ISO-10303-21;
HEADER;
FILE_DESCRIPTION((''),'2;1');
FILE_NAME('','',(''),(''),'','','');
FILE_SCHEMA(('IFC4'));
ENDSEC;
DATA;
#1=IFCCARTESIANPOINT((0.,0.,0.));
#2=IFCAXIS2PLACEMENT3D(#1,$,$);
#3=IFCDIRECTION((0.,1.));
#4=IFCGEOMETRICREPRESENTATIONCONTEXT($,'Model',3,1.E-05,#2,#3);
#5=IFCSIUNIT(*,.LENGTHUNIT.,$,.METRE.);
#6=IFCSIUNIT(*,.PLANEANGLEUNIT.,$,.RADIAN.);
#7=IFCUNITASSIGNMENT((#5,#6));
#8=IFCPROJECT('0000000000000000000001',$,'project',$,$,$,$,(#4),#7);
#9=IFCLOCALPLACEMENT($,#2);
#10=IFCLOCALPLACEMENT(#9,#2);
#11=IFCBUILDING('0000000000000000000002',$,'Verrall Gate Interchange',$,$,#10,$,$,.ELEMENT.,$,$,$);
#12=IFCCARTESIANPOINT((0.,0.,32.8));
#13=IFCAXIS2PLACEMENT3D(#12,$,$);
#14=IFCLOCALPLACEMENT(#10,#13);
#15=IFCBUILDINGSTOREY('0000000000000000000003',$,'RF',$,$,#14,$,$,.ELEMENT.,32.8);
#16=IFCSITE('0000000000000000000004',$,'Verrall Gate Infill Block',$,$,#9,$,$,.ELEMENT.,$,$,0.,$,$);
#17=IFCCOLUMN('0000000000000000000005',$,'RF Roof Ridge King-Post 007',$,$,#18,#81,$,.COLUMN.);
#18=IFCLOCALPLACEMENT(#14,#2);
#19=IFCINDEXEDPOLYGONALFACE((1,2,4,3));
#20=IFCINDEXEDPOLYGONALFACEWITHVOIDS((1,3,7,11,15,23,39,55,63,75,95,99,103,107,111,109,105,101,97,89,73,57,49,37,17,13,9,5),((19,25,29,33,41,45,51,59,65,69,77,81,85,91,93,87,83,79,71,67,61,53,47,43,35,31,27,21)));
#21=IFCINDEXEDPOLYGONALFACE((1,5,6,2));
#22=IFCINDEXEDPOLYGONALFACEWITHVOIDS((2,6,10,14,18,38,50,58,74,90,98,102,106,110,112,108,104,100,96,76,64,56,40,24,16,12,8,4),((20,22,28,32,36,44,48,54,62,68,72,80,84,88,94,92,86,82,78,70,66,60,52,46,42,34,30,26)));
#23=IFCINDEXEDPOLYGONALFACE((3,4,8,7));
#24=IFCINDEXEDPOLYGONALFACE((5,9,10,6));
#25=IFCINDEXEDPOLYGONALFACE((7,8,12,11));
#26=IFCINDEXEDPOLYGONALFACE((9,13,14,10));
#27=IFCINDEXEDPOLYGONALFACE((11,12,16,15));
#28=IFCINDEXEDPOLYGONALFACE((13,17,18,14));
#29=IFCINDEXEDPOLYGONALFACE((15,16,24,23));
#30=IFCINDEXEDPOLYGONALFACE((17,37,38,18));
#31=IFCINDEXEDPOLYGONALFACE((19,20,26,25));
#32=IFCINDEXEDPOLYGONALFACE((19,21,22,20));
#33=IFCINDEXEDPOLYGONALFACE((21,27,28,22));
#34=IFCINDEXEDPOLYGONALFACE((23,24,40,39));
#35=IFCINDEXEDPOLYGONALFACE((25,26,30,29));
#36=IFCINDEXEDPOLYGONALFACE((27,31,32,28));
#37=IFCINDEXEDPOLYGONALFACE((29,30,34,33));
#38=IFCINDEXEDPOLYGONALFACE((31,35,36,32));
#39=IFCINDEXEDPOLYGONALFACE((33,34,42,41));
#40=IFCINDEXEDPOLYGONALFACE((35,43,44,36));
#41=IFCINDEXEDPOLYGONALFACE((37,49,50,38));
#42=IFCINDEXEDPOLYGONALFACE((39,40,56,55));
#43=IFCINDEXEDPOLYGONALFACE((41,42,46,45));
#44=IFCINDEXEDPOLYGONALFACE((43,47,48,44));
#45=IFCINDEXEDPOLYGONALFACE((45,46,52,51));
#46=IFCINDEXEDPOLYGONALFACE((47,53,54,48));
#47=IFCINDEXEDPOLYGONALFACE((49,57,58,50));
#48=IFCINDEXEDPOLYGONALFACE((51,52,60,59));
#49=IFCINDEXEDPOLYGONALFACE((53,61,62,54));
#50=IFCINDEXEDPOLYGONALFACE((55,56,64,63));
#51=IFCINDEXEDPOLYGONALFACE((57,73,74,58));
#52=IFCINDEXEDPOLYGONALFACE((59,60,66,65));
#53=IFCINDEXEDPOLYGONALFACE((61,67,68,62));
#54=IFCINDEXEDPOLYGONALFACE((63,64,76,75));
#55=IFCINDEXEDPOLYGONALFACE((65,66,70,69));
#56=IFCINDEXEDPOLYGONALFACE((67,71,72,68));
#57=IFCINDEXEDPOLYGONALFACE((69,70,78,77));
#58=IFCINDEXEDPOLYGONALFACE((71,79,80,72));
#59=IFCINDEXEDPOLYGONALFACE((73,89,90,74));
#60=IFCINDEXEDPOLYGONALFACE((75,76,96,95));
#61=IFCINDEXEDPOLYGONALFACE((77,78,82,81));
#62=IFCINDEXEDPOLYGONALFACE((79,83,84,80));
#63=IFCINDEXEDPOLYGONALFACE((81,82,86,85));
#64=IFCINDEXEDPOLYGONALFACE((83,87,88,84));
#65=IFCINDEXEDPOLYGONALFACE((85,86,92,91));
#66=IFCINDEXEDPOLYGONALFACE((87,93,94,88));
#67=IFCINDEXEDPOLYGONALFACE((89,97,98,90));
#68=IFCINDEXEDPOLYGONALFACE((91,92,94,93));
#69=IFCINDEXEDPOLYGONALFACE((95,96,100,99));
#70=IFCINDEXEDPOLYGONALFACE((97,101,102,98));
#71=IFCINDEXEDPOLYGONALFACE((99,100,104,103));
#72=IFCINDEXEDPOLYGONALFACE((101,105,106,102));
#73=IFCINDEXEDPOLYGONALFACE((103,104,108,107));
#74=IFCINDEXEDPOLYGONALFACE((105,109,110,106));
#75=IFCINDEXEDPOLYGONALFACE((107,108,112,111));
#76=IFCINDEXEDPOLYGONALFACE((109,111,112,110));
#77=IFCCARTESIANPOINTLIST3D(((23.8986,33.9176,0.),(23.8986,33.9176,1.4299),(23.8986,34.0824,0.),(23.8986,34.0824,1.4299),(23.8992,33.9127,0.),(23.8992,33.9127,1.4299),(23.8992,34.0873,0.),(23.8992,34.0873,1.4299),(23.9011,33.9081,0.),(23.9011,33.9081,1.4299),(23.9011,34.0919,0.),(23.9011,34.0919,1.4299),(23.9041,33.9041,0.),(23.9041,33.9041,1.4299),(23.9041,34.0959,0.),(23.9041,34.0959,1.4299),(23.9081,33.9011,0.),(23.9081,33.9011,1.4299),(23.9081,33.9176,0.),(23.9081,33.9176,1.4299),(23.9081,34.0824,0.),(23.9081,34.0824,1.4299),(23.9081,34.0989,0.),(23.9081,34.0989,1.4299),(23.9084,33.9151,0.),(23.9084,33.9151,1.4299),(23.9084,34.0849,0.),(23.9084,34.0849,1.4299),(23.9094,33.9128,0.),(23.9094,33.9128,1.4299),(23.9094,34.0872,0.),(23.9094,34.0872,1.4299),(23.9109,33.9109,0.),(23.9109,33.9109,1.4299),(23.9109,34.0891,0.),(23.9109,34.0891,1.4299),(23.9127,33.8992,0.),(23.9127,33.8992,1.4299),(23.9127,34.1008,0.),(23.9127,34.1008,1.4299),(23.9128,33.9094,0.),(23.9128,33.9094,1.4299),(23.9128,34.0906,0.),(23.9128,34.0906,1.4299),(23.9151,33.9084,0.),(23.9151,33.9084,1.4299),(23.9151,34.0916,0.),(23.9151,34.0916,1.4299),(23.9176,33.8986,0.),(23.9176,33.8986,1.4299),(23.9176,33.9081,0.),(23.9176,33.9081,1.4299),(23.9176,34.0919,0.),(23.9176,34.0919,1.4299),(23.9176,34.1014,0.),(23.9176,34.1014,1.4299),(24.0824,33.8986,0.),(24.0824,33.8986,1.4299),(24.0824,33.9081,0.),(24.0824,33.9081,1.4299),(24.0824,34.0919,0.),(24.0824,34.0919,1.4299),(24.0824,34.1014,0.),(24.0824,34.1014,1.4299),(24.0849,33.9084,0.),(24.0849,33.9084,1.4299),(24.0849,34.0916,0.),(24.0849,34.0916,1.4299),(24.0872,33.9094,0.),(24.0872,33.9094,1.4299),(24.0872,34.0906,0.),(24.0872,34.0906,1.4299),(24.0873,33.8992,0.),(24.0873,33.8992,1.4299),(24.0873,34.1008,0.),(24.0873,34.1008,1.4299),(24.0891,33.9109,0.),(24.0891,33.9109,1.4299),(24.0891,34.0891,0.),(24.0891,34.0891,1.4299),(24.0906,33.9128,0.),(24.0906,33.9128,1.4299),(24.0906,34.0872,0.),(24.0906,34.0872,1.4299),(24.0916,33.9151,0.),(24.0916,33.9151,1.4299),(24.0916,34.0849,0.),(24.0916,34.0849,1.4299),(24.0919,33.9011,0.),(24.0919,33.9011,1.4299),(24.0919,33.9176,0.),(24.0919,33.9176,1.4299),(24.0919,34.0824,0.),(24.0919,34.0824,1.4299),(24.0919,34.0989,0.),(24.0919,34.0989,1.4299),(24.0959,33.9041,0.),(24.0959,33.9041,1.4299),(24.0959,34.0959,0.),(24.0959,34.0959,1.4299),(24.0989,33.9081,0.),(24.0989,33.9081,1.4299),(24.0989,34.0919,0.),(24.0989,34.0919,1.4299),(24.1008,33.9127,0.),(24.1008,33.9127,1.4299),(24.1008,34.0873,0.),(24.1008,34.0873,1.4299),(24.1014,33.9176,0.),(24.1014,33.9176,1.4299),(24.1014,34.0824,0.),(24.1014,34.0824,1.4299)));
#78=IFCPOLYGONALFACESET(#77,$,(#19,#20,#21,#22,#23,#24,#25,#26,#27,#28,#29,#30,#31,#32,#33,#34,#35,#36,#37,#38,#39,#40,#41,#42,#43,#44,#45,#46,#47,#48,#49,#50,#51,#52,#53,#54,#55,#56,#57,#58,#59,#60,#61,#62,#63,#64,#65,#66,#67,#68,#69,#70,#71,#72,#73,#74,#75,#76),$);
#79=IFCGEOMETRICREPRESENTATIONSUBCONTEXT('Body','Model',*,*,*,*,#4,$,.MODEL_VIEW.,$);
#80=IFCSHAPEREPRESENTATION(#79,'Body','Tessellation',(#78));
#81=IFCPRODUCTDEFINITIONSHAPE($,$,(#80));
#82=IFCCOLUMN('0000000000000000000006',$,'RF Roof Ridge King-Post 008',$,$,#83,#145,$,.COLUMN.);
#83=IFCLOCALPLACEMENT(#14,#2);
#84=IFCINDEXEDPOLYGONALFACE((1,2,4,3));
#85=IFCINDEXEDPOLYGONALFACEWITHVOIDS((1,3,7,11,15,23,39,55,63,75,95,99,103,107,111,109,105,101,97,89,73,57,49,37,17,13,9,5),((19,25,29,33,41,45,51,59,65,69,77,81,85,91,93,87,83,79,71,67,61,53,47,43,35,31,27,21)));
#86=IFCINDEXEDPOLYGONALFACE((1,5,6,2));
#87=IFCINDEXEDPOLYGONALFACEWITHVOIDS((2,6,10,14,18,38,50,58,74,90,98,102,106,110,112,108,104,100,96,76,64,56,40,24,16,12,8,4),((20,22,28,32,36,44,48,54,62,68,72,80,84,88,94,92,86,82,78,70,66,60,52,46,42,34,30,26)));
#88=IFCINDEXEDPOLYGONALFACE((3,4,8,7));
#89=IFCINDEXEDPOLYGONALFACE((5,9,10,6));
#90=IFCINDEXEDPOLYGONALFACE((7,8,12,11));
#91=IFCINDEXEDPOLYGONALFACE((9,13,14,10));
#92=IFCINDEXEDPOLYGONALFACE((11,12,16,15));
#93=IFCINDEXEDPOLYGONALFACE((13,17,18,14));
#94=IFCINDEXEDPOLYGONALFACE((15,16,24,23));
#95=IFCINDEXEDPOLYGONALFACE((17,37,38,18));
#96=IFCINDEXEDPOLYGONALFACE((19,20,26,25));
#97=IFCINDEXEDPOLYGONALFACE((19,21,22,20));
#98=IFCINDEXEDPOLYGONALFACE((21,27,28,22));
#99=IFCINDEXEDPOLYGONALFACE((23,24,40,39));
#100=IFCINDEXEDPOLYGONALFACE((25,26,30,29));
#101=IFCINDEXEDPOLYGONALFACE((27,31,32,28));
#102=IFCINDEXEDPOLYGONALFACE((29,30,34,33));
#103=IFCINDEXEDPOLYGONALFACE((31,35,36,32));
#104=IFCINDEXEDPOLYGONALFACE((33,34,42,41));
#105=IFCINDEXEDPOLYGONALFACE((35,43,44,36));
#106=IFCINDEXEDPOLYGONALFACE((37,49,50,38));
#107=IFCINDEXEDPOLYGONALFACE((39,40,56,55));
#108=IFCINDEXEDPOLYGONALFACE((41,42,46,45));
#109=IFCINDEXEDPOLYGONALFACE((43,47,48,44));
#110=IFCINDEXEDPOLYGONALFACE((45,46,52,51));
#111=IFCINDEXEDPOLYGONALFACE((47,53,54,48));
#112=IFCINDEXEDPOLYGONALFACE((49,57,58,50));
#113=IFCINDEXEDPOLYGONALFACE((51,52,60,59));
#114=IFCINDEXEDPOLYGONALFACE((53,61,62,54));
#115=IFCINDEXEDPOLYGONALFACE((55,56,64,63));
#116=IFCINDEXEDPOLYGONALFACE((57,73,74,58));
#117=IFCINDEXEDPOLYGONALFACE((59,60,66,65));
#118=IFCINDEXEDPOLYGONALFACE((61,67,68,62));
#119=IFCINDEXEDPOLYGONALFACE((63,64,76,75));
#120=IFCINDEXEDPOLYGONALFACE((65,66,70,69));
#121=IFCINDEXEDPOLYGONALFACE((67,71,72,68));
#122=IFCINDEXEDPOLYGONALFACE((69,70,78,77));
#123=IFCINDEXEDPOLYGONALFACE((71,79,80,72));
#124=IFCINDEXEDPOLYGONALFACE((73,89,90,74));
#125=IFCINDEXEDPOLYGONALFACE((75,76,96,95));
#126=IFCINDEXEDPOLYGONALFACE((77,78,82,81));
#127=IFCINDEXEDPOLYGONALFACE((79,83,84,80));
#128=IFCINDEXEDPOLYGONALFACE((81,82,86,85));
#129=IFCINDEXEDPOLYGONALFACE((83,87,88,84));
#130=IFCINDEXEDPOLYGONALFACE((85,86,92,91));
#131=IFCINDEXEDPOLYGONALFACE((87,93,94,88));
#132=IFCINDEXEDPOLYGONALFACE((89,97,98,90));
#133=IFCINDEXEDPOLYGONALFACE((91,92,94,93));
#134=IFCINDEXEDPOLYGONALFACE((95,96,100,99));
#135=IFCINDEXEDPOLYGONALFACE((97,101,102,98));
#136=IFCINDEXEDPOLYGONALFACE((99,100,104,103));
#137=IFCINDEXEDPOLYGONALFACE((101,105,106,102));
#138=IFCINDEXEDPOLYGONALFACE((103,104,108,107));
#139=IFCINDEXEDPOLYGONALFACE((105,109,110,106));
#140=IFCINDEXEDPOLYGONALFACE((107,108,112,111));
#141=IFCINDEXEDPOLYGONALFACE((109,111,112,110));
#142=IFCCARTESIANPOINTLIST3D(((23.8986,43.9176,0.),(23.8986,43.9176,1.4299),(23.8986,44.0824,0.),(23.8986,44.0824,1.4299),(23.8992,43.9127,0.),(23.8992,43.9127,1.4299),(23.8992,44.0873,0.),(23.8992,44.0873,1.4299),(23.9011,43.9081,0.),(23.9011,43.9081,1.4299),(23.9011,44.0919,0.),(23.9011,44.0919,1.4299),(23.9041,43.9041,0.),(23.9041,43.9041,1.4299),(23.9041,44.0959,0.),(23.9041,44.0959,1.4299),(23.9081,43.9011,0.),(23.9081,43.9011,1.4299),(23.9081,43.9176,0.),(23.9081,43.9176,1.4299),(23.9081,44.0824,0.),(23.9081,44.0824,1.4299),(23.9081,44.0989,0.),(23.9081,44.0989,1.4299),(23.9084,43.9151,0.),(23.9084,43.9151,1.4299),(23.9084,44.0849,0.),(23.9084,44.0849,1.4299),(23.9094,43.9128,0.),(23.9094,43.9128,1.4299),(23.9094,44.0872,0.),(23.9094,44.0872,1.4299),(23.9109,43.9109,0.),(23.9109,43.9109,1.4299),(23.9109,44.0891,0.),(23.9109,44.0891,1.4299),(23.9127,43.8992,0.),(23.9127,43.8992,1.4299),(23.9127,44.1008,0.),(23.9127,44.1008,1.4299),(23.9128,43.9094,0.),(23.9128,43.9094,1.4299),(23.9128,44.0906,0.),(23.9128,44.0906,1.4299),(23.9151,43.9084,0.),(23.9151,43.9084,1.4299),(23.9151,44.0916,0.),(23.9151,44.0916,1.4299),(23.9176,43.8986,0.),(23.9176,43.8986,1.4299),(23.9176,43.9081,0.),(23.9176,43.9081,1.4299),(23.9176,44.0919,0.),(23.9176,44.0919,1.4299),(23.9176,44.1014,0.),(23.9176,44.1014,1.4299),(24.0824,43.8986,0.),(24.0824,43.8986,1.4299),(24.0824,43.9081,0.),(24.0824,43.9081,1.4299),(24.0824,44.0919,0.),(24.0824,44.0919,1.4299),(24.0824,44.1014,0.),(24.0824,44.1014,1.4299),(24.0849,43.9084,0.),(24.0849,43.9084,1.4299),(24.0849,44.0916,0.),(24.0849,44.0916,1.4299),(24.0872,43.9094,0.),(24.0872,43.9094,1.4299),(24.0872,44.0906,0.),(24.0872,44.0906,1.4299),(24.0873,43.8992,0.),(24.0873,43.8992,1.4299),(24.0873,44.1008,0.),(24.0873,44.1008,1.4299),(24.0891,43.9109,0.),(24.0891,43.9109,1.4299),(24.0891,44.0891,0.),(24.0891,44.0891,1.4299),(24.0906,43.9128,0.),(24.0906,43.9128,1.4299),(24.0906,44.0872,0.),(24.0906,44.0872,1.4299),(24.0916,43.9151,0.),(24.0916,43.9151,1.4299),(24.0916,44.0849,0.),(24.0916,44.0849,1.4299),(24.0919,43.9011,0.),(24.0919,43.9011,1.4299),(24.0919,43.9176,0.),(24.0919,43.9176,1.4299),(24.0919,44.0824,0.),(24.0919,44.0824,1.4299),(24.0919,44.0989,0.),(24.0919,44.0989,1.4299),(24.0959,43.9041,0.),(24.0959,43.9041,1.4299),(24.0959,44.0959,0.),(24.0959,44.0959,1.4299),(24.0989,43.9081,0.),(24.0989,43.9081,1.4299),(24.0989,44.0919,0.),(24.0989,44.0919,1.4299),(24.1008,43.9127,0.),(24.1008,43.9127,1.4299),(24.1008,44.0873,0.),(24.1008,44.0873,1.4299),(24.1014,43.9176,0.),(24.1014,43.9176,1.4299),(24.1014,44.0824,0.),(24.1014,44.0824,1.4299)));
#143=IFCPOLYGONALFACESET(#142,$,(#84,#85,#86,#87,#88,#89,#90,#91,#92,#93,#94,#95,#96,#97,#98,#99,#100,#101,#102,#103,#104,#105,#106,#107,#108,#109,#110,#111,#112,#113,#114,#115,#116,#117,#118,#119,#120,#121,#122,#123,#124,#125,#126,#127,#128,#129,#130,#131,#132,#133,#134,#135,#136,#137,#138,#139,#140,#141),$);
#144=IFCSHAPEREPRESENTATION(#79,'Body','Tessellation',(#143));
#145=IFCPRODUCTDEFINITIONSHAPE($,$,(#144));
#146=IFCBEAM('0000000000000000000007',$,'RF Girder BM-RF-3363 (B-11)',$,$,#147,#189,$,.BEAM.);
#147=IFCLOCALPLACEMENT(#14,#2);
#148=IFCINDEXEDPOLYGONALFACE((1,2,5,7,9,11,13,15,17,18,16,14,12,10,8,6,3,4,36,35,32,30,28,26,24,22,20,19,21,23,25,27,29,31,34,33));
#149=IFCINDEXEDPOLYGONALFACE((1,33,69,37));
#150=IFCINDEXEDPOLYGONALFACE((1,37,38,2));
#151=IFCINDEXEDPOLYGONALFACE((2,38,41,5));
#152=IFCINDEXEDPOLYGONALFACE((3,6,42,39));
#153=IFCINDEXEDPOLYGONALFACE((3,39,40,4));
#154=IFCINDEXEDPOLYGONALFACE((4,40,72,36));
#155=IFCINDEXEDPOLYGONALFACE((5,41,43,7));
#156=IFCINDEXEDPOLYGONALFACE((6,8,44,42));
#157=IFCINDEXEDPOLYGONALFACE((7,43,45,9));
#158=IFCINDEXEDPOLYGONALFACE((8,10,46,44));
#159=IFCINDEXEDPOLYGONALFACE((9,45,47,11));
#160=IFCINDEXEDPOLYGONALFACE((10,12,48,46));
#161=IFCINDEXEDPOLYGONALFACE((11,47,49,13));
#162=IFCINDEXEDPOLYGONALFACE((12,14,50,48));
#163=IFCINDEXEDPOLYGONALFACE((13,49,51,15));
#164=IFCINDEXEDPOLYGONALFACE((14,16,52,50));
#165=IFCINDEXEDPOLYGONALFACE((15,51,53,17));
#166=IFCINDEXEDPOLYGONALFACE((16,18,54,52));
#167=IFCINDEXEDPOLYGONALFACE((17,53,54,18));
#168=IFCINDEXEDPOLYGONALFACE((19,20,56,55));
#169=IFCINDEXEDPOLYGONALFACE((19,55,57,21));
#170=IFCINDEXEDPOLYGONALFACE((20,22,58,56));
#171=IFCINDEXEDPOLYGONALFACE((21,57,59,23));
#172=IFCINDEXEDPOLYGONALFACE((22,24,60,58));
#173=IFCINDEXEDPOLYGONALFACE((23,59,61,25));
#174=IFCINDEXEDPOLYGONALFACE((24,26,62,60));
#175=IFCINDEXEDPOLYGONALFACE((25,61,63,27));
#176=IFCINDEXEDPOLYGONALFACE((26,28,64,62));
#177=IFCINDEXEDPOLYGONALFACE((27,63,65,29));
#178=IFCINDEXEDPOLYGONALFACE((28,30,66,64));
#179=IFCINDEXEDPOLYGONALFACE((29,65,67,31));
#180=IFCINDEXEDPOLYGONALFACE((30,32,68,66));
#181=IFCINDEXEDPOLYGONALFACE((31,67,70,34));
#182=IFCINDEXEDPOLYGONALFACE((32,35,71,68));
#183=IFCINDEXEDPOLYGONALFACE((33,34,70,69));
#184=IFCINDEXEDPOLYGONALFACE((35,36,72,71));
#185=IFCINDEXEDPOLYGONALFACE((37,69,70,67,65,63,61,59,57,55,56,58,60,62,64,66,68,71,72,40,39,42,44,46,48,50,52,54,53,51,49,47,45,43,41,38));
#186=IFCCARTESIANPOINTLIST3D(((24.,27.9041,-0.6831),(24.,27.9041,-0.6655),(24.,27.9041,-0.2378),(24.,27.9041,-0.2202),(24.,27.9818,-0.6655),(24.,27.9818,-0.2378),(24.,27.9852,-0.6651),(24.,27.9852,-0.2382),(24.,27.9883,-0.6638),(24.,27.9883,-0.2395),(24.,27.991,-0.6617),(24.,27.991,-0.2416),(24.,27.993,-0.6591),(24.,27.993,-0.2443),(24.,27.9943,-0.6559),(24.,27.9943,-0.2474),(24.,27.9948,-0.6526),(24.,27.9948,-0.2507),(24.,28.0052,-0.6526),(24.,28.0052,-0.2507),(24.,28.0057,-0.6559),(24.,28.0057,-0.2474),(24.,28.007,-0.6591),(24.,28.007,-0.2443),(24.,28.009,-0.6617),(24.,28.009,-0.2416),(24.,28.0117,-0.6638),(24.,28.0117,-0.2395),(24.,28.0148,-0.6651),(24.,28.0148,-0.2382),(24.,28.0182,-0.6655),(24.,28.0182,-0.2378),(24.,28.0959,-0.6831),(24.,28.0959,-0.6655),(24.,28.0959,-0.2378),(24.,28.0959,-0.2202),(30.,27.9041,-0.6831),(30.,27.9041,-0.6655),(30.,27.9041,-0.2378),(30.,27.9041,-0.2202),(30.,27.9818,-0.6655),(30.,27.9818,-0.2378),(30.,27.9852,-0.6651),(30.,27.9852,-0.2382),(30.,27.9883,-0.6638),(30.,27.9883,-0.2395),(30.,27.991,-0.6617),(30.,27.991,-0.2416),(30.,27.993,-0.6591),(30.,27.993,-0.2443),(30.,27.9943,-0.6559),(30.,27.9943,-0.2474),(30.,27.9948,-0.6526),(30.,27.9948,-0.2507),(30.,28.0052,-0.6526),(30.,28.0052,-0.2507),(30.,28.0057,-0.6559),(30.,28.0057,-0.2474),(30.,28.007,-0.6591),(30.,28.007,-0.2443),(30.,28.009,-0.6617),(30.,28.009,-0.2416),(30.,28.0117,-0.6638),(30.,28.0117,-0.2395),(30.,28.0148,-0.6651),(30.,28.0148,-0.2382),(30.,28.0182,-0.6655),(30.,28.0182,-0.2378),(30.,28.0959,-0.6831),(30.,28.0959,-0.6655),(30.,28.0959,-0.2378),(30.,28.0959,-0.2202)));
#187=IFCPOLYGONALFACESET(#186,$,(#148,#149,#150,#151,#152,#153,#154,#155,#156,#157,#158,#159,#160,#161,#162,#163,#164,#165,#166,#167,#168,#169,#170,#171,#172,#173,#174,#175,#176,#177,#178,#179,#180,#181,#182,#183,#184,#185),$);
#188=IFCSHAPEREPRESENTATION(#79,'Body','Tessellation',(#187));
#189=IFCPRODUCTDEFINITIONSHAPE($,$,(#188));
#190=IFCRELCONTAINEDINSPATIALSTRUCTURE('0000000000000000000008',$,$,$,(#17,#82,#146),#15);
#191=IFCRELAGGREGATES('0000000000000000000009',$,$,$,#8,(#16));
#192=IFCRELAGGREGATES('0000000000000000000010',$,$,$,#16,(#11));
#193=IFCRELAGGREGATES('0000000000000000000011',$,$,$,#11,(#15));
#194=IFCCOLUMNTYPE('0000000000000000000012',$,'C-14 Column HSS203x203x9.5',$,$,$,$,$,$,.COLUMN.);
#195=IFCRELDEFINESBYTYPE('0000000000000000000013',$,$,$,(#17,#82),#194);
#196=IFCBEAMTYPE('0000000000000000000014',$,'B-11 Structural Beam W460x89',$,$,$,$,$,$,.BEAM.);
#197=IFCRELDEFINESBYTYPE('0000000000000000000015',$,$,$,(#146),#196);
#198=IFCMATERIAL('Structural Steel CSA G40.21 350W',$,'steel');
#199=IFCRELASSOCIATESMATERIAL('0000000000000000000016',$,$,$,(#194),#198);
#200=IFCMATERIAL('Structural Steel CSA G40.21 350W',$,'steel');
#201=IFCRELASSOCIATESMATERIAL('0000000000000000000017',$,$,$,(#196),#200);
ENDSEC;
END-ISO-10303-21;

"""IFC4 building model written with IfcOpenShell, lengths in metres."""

from ifc_helpers import new_model, si_unit, direction, frame, origin, origin_2d, place, context, subcontext, project, spatial, hollow_rectangle, i_section, extrude, material, material_profile, profile_set, type_object, element, save


model = new_model("IFC4")

# Units and contexts
model_context = context("Model", 3, precision=1e-05, world=origin(), true_north=direction((0.0, 1.0)))
body_context = subcontext(model_context, "Body", "Model", "MODEL_VIEW")
ifc_project = project(units=[si_unit("LENGTHUNIT", "METRE"), si_unit("PLANEANGLEUNIT", "RADIAN")], contexts=[model_context])

# Site, building, storey
site_placement = place(None, origin())
site = spatial("IfcSite", under=ifc_project, at=site_placement, Name="Verrall Gate Infill Block", CompositionType="ELEMENT", RefElevation=0.0)
building_placement = place(site_placement, origin())
building = spatial("IfcBuilding", under=site, at=building_placement, Name="Verrall Gate Interchange", CompositionType="ELEMENT")
storey_placement = place(building_placement, frame((0.0, 0.0, 32.8)))
storey = spatial("IfcBuildingStorey", under=building, at=storey_placement, Name="RF", CompositionType="ELEMENT", Elevation=32.8)

# Columns
ifc_material_1 = material(Name="Structural Steel CSA G40.21 350W", Category="steel")
ifc_material_profile_1 = material_profile(ifc_material_1, hollow_rectangle(XDim=0.2029, YDim=0.2029, WallThickness=0.0095, InnerFilletRadius=0.0095, OuterFilletRadius=0.019, at=origin_2d()), Name="HSS203x203x9.5")
ifc_profile_set_1 = profile_set([ifc_material_profile_1], Name="Structural Steel CSA G40.21 350W")
column_type = type_object("IfcColumnType", Name="C-14 Column HSS203x203x9.5", PredefinedType="COLUMN", material=ifc_profile_set_1)
for number, where, z_axis, x_axis, name in (
    (1, (24.0, 34.0, 0.0), (0.0, 0.0, 1.0), (1.0, 0.0, 0.0), "RF Roof Ridge King-Post 007"),
    (2, (24.0, 44.0, 0.0), (0.0, 0.0, 1.0), (1.0, 0.0, 0.0), "RF Roof Ridge King-Post 008"),
):
    element("IfcColumn", number, at=place(storey_placement, frame(where, z_axis=z_axis, x_axis=x_axis)), inside=storey, type_object=column_type, Name=name, PredefinedType="COLUMN", context=body_context, shape_type="SweptSolid", body=[
        extrude(hollow_rectangle(XDim=0.2029, YDim=0.2029, WallThickness=0.0095, InnerFilletRadius=0.0095, OuterFilletRadius=0.019, at=origin_2d()), origin(), (0.0, 0.0, 1.0), 1.4299),
    ])

# Beam
ifc_material_2 = material(Name="Structural Steel CSA G40.21 350W", Category="steel")
ifc_material_profile_2 = material_profile(ifc_material_2, i_section(OverallWidth=0.1919, OverallDepth=0.4629, WebThickness=0.0105, FlangeThickness=0.0176, FilletRadius=0.0129, at=origin_2d()), Name="W460x89")
ifc_profile_set_2 = profile_set([ifc_material_profile_2], Name="Structural Steel CSA G40.21 350W")
beam_type_1 = type_object("IfcBeamType", Name="B-11 Structural Beam W460x89", PredefinedType="BEAM", material=ifc_profile_set_2)
for number, where, z_axis, x_axis, name in (
    (3, (24.0, 28.0, -0.4517), (1.0, 0.0, 0.0), (0.0, 1.0, 0.0), "RF Girder BM-RF-3363 (B-11)"),
):
    element("IfcBeam", number, at=place(storey_placement, frame(where, z_axis=z_axis, x_axis=x_axis)), inside=storey, type_object=beam_type_1, Name=name, PredefinedType="BEAM", context=body_context, shape_type="SweptSolid", body=[
        extrude(i_section(OverallWidth=0.1919, OverallDepth=0.4629, WebThickness=0.0105, FlangeThickness=0.0176, FilletRadius=0.0129, at=origin_2d()), origin(), (0.0, 0.0, 1.0), 6.0),
    ])

save(model, "model.ifc")
